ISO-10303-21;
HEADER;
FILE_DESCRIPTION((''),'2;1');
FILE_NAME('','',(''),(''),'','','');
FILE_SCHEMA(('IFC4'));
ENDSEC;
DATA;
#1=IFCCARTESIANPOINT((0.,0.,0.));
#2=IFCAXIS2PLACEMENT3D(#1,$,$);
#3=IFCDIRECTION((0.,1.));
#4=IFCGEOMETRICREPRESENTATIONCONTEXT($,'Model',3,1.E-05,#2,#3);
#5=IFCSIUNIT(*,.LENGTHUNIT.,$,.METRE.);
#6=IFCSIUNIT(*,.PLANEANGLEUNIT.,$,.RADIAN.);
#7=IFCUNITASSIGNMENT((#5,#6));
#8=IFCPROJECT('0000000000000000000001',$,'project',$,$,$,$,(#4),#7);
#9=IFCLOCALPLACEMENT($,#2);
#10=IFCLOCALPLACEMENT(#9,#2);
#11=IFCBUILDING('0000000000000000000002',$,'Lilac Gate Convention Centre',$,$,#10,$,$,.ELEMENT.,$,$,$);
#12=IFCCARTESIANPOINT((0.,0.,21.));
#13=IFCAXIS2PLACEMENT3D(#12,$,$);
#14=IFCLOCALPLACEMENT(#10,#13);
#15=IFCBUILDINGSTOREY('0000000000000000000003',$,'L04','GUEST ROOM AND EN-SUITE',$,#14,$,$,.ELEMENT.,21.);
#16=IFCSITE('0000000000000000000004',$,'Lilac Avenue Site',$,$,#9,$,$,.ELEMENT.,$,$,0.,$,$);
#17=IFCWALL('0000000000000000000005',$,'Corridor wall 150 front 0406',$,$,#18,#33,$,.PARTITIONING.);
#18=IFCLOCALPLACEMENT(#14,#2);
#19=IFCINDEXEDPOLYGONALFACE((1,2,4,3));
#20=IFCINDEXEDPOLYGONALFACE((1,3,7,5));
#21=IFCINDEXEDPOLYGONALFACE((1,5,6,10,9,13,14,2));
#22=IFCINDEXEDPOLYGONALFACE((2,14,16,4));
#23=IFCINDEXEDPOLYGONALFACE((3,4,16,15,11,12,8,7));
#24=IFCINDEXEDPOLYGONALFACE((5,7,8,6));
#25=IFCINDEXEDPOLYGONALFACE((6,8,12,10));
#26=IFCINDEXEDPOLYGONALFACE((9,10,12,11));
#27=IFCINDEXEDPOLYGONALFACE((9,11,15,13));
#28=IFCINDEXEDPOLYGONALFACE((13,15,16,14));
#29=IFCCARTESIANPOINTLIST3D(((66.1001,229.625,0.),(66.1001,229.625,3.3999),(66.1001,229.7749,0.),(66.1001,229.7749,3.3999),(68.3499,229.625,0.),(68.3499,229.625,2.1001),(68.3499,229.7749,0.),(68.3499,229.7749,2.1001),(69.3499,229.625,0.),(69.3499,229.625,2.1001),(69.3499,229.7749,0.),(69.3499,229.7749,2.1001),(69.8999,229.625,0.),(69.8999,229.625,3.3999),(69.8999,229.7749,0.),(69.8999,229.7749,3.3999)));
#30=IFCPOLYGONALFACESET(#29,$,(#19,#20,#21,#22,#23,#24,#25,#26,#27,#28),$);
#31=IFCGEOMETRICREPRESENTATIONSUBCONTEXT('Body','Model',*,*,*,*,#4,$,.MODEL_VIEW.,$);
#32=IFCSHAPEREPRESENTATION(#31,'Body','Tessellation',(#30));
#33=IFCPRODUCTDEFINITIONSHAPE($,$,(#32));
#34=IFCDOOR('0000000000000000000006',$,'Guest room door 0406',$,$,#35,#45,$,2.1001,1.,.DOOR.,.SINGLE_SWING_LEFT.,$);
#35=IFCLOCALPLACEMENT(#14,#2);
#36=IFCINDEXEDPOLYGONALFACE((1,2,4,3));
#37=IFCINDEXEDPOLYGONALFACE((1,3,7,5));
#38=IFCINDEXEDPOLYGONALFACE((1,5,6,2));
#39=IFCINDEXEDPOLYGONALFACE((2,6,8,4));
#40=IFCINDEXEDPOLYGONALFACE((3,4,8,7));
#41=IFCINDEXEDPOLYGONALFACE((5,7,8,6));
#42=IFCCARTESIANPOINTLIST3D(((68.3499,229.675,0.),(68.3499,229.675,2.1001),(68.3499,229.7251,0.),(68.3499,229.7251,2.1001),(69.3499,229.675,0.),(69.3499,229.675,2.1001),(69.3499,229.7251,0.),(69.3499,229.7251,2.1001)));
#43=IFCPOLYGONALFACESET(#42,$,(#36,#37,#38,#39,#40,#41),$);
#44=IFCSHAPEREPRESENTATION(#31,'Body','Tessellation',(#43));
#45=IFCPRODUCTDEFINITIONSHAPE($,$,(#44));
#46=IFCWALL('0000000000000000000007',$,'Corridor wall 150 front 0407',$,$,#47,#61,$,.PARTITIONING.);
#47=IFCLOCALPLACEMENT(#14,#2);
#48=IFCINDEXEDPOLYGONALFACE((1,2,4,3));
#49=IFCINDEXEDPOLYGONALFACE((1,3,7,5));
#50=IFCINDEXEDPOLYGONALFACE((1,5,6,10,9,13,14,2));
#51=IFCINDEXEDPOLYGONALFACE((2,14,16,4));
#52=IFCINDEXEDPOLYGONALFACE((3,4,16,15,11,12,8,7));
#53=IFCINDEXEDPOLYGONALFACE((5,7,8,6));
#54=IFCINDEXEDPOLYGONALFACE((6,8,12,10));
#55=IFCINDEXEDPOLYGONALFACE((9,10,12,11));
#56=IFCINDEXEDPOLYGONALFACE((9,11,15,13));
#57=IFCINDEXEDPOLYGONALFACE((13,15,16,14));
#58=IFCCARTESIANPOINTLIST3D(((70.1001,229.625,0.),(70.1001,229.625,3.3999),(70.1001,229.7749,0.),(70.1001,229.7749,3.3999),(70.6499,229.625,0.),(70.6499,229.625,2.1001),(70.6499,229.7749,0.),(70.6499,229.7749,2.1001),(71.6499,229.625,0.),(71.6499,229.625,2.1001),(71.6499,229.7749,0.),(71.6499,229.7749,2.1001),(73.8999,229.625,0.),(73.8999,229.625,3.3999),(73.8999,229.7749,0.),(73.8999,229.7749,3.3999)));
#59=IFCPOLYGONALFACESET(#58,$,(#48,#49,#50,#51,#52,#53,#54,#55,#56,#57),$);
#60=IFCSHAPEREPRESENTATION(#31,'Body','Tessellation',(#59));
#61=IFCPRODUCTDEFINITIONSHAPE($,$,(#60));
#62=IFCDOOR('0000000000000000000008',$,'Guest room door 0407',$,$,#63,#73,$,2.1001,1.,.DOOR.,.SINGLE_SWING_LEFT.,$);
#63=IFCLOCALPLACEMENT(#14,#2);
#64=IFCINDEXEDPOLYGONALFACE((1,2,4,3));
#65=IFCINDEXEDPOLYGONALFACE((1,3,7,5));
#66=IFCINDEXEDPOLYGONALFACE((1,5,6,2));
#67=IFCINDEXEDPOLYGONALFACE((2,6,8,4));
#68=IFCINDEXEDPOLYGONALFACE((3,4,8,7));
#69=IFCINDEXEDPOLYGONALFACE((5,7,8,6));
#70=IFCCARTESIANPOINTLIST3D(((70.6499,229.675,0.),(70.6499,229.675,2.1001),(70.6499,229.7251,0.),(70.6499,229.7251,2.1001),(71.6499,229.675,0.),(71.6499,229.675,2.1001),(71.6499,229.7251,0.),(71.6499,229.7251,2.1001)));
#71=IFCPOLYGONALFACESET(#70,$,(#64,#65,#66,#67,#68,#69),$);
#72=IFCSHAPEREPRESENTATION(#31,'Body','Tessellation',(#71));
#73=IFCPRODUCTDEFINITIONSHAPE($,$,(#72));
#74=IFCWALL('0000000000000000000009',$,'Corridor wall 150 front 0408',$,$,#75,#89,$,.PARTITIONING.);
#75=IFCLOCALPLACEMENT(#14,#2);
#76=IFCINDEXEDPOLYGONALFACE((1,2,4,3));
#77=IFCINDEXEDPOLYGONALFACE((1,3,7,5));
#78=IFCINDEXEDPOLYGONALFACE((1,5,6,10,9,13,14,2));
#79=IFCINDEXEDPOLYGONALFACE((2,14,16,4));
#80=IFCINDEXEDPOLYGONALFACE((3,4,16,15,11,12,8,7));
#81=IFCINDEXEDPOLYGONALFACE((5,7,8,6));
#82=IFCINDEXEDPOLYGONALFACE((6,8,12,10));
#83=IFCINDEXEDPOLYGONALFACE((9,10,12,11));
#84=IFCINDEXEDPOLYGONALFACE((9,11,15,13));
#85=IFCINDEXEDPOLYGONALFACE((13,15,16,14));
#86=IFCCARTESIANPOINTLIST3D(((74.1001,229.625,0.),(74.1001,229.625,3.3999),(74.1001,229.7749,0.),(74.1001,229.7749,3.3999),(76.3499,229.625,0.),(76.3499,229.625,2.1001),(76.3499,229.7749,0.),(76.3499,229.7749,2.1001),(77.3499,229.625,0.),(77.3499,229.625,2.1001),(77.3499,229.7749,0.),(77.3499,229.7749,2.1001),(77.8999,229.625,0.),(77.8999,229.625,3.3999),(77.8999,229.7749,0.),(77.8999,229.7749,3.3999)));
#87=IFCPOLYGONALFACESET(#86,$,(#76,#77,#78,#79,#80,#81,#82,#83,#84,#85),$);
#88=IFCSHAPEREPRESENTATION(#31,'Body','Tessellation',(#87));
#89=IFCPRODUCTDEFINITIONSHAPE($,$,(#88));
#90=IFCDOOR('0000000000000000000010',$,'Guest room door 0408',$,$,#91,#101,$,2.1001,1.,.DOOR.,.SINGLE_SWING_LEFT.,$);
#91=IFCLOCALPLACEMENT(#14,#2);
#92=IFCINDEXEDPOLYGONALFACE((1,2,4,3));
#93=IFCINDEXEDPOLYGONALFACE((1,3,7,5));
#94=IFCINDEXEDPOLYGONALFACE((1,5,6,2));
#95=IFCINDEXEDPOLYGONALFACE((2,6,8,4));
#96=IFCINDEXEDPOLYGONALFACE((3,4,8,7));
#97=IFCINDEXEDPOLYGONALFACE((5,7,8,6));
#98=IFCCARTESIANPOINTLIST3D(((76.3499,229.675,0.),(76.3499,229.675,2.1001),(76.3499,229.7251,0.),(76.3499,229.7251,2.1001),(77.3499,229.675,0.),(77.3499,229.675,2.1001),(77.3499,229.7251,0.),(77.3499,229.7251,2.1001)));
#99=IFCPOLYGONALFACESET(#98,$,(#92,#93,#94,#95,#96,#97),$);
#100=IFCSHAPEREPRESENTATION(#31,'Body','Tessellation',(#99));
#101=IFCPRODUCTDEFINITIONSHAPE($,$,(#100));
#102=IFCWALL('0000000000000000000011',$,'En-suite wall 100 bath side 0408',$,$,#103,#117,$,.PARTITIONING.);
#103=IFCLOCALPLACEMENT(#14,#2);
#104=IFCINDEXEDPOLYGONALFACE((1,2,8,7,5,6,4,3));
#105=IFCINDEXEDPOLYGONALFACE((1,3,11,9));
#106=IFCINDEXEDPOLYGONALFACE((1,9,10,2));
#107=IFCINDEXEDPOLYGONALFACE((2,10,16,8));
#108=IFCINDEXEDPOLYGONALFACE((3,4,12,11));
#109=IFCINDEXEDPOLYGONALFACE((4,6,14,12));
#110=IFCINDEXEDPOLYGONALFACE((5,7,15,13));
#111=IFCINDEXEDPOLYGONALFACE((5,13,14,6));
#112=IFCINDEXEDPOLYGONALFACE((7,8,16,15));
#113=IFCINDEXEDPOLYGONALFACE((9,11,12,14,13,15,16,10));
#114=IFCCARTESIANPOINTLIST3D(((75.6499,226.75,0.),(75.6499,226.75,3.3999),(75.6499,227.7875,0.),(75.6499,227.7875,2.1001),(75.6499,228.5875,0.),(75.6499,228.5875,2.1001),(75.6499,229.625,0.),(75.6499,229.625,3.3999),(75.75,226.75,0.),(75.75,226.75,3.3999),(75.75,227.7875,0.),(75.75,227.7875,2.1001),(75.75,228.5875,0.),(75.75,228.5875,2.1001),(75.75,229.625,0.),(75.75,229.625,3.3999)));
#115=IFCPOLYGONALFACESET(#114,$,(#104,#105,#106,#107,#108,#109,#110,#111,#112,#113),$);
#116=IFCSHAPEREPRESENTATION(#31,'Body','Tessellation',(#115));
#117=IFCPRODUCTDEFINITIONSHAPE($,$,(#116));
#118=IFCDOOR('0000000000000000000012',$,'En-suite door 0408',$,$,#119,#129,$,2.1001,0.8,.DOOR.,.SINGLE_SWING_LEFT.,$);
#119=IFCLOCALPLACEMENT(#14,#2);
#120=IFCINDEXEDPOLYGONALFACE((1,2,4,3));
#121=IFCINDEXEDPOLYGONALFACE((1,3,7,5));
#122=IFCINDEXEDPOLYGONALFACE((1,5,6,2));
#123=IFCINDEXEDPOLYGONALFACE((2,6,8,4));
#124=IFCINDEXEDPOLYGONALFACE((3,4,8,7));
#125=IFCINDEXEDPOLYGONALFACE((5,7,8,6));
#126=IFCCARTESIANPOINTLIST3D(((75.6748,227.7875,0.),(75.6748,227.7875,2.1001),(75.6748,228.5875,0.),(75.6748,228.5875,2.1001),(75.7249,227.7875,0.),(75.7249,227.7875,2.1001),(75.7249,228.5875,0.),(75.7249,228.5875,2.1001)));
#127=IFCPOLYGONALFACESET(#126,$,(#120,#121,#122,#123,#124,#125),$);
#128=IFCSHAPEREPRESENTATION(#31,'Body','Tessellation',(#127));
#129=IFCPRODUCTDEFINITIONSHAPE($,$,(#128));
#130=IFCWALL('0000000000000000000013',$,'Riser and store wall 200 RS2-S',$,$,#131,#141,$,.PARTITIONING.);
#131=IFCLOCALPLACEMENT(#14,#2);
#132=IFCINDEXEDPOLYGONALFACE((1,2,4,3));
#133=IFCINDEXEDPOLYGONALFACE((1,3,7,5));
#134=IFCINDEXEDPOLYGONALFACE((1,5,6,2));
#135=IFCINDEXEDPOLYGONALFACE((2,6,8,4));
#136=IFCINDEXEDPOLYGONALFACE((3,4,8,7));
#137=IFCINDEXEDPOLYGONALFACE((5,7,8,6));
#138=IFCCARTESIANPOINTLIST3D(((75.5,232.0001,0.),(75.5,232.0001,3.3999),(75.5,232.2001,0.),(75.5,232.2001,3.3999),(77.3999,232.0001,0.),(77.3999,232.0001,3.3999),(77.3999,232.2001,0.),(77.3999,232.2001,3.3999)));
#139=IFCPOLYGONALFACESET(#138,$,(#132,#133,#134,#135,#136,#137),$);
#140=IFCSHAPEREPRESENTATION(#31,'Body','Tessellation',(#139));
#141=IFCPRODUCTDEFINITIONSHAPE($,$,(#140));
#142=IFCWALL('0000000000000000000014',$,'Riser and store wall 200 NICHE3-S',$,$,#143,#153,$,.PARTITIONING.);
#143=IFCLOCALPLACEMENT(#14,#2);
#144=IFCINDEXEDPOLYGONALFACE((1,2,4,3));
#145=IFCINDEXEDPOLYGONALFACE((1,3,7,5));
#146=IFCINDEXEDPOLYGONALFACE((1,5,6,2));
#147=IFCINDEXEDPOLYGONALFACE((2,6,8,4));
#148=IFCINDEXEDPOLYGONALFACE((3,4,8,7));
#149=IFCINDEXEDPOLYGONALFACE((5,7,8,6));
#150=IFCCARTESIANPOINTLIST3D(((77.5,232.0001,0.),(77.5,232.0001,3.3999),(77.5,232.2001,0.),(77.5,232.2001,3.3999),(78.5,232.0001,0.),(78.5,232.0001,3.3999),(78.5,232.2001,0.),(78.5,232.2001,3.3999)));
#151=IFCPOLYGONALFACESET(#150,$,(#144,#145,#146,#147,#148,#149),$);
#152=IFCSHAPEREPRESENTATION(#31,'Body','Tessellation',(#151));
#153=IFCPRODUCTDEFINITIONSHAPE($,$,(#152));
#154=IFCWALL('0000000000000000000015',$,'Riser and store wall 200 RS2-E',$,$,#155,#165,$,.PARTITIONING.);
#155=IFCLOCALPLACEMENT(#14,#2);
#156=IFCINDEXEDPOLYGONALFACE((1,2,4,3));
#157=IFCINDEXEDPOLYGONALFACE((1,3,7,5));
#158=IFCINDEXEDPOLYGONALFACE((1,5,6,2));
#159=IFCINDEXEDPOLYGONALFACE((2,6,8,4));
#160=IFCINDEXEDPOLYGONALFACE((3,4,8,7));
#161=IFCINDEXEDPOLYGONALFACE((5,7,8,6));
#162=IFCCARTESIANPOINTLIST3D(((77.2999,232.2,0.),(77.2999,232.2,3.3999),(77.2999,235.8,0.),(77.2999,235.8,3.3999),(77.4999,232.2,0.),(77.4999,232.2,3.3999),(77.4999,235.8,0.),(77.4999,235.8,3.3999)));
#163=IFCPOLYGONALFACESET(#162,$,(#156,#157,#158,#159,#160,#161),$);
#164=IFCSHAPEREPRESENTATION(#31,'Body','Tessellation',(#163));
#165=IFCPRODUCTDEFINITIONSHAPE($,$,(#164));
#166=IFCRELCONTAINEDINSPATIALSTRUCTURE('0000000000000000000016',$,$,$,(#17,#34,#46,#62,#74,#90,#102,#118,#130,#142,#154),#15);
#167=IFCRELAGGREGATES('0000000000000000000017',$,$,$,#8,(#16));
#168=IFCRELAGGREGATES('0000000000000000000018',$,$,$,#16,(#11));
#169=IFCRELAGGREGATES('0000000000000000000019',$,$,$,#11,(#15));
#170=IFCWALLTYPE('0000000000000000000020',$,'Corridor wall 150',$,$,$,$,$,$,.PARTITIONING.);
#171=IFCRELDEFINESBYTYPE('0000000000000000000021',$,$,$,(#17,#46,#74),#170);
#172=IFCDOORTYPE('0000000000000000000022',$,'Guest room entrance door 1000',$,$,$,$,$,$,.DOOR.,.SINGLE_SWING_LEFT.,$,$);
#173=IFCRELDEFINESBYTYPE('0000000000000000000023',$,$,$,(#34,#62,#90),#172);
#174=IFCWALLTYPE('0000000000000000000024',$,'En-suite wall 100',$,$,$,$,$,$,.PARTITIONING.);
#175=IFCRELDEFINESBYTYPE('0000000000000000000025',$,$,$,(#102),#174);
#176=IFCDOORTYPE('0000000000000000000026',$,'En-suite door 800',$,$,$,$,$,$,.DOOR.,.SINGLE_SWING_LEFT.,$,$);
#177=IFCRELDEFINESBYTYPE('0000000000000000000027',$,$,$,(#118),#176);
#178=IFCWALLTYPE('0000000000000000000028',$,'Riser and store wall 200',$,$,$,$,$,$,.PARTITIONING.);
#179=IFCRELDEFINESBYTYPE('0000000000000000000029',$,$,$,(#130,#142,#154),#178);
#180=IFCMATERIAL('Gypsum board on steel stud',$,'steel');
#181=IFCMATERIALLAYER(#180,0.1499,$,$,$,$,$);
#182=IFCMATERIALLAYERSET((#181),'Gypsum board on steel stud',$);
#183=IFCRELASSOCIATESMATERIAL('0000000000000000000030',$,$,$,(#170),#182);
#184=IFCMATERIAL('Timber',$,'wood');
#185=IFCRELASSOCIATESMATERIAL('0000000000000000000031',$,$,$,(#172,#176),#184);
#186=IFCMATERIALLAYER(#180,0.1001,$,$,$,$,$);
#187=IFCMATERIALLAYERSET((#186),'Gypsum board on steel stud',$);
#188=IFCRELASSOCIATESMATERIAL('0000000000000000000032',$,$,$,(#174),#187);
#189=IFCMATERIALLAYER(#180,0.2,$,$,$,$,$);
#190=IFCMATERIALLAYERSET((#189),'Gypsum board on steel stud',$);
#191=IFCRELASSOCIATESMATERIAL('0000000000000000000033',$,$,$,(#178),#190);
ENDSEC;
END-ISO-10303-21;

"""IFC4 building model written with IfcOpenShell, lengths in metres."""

from ifc_helpers import new_model, si_unit, direction, frame, frame_2d, origin, place, context, subcontext, project, spatial, rectangle, extrude, material, layer, layer_set, type_object, element, fill, save


model = new_model("IFC4")

# Units and contexts
model_context = context("Model", 3, precision=1e-05, world=origin(), true_north=direction((0.0, 1.0)))
body_context = subcontext(model_context, "Body", "Model", "MODEL_VIEW")
ifc_project = project(units=[si_unit("LENGTHUNIT", "METRE"), si_unit("PLANEANGLEUNIT", "RADIAN")], contexts=[model_context])

# Site, building, storey
site_placement = place(None, origin())
site = spatial("IfcSite", under=ifc_project, at=site_placement, Name="Lilac Avenue Site", CompositionType="ELEMENT", RefElevation=0.0)
building_placement = place(site_placement, origin())
building = spatial("IfcBuilding", under=site, at=building_placement, Name="Lilac Gate Convention Centre", CompositionType="ELEMENT")
storey_placement = place(building_placement, frame((0.0, 0.0, 21.0)))
storey = spatial("IfcBuildingStorey", under=building, at=storey_placement, Name="L04", Description="GUEST ROOM AND EN-SUITE", CompositionType="ELEMENT", Elevation=21.0)

# Walls, openings, doors
ifc_material_1 = material(Name="Gypsum board on steel stud", Category="steel")
ifc_layer_1 = layer(ifc_material_1, 0.1499)
ifc_layer_set_1 = layer_set([ifc_layer_1], Name="Gypsum board on steel stud")
wall_type_1 = type_object("IfcWallType", Name="Corridor wall 150", PredefinedType="PARTITIONING", material=ifc_layer_set_1)
ifc_material_2 = material(Name="Timber", Category="wood")
door_type_1 = type_object("IfcDoorType", Name="Guest room entrance door 1000", OperationType="SINGLE_SWING_LEFT", PredefinedType="DOOR", material=ifc_material_2)
wall_1_placement = place(storey_placement, frame((69.8999, 229.7, 0.0), z_axis=(0.0, 0.0, 1.0), x_axis=(-1.0, 0.0, 0.0)))
wall_1 = element("IfcWall", 1, at=wall_1_placement, inside=storey, type_object=wall_type_1, Name="Corridor wall 150 front 0406", PredefinedType="PARTITIONING", context=body_context, shape_type="SweptSolid", body=[
    extrude(rectangle(XDim=3.7998, YDim=0.1499, at=frame_2d((1.8999, 0.0))), origin(), (0.0, 0.0, 1.0), 3.3999),
])
opening_1_placement = place(wall_1_placement, frame((0.55, 0.0, 0.0)))
opening_1 = element("IfcOpeningElement", 2, at=opening_1_placement, cuts=wall_1, PredefinedType="OPENING", context=body_context, shape_type="SweptSolid", body=[
    extrude(rectangle(XDim=1.0, YDim=2.1001, at=frame_2d((0.5, 1.05))), frame((0.0, 0.085, 0.0), z_axis=(0.0, -1.0, 0.0), x_axis=(1.0, 0.0, 0.0)), (0.0, 0.0, 1.0), 0.1699),
])
door_1_placement = place(opening_1_placement, origin())
door_1 = element("IfcDoor", 3, at=door_1_placement, inside=storey, type_object=door_type_1, Name="Guest room door 0406", OperationType="SINGLE_SWING_LEFT", OverallHeight=2.1001, OverallWidth=1.0, PredefinedType="DOOR", context=body_context, shape_type="SweptSolid", body=[
    extrude(rectangle(XDim=1.0, YDim=2.1001, at=frame_2d((0.5, 1.05))), frame((0.0, 0.0249, 0.0), z_axis=(0.0, -1.0, 0.0), x_axis=(1.0, 0.0, 0.0)), (0.0, 0.0, 1.0), 0.05),
])
fill(opening_1, door_1)
wall_2_placement = place(storey_placement, frame((73.8999, 229.7, 0.0), z_axis=(0.0, 0.0, 1.0), x_axis=(-1.0, 0.0, 0.0)))
wall_2 = element("IfcWall", 4, at=wall_2_placement, inside=storey, type_object=wall_type_1, Name="Corridor wall 150 front 0407", PredefinedType="PARTITIONING", context=body_context, shape_type="SweptSolid", body=[
    extrude(rectangle(XDim=3.7998, YDim=0.1499, at=frame_2d((1.8999, 0.0))), origin(), (0.0, 0.0, 1.0), 3.3999),
])
opening_2_placement = place(wall_2_placement, frame((2.25, 0.0, 0.0)))
opening_2 = element("IfcOpeningElement", 5, at=opening_2_placement, cuts=wall_2, PredefinedType="OPENING", context=body_context, shape_type="SweptSolid", body=[
    extrude(rectangle(XDim=1.0, YDim=2.1001, at=frame_2d((0.5, 1.05))), frame((0.0, 0.085, 0.0), z_axis=(0.0, -1.0, 0.0), x_axis=(1.0, 0.0, 0.0)), (0.0, 0.0, 1.0), 0.1699),
])
door_2_placement = place(opening_2_placement, origin())
door_2 = element("IfcDoor", 6, at=door_2_placement, inside=storey, type_object=door_type_1, Name="Guest room door 0407", OperationType="SINGLE_SWING_LEFT", OverallHeight=2.1001, OverallWidth=1.0, PredefinedType="DOOR", context=body_context, shape_type="SweptSolid", body=[
    extrude(rectangle(XDim=1.0, YDim=2.1001, at=frame_2d((0.5, 1.05))), frame((0.0, 0.0249, 0.0), z_axis=(0.0, -1.0, 0.0), x_axis=(1.0, 0.0, 0.0)), (0.0, 0.0, 1.0), 0.05),
])
fill(opening_2, door_2)
wall_3_placement = place(storey_placement, frame((77.8999, 229.7, 0.0), z_axis=(0.0, 0.0, 1.0), x_axis=(-1.0, 0.0, 0.0)))
wall_3 = element("IfcWall", 7, at=wall_3_placement, inside=storey, type_object=wall_type_1, Name="Corridor wall 150 front 0408", PredefinedType="PARTITIONING", context=body_context, shape_type="SweptSolid", body=[
    extrude(rectangle(XDim=3.7998, YDim=0.1499, at=frame_2d((1.8999, 0.0))), origin(), (0.0, 0.0, 1.0), 3.3999),
])
opening_3_placement = place(wall_3_placement, frame((0.55, 0.0, 0.0)))
opening_3 = element("IfcOpeningElement", 8, at=opening_3_placement, cuts=wall_3, PredefinedType="OPENING", context=body_context, shape_type="SweptSolid", body=[
    extrude(rectangle(XDim=1.0, YDim=2.1001, at=frame_2d((0.5, 1.05))), frame((0.0, 0.085, 0.0), z_axis=(0.0, -1.0, 0.0), x_axis=(1.0, 0.0, 0.0)), (0.0, 0.0, 1.0), 0.1699),
])
door_3_placement = place(opening_3_placement, origin())
door_3 = element("IfcDoor", 9, at=door_3_placement, inside=storey, type_object=door_type_1, Name="Guest room door 0408", OperationType="SINGLE_SWING_LEFT", OverallHeight=2.1001, OverallWidth=1.0, PredefinedType="DOOR", context=body_context, shape_type="SweptSolid", body=[
    extrude(rectangle(XDim=1.0, YDim=2.1001, at=frame_2d((0.5, 1.05))), frame((0.0, 0.0249, 0.0), z_axis=(0.0, -1.0, 0.0), x_axis=(1.0, 0.0, 0.0)), (0.0, 0.0, 1.0), 0.05),
])
fill(opening_3, door_3)
ifc_layer_2 = layer(ifc_material_1, 0.1001)
ifc_layer_set_2 = layer_set([ifc_layer_2], Name="Gypsum board on steel stud")
wall_type_2 = type_object("IfcWallType", Name="En-suite wall 100", PredefinedType="PARTITIONING", material=ifc_layer_set_2)
wall_4_placement = place(storey_placement, frame((75.7, 229.625, 0.0), z_axis=(0.0, 0.0, 1.0), x_axis=(0.0, -1.0, 0.0)))
wall_4 = element("IfcWall", 10, at=wall_4_placement, inside=storey, type_object=wall_type_2, Name="En-suite wall 100 bath side 0408", PredefinedType="PARTITIONING", context=body_context, shape_type="SweptSolid", body=[
    extrude(rectangle(XDim=2.875, YDim=0.1001, at=frame_2d((1.4375, 0.0))), origin(), (0.0, 0.0, 1.0), 3.3999),
])
opening_4_placement = place(wall_4_placement, frame((1.0376, 0.0, 0.0)))
opening_4 = element("IfcOpeningElement", 11, at=opening_4_placement, cuts=wall_4, PredefinedType="OPENING", context=body_context, shape_type="SweptSolid", body=[
    extrude(rectangle(XDim=0.8, YDim=2.1001, at=frame_2d((0.3999, 1.05))), frame((0.0, 0.0601, 0.0), z_axis=(0.0, -1.0, 0.0), x_axis=(1.0, 0.0, 0.0)), (0.0, 0.0, 1.0), 0.1201),
])
door_type_2 = type_object("IfcDoorType", Name="En-suite door 800", OperationType="SINGLE_SWING_LEFT", PredefinedType="DOOR", material=ifc_material_2)
door_4_placement = place(opening_4_placement, origin())
door_4 = element("IfcDoor", 12, at=door_4_placement, inside=storey, type_object=door_type_2, Name="En-suite door 0408", OperationType="SINGLE_SWING_LEFT", OverallHeight=2.1001, OverallWidth=0.8, PredefinedType="DOOR", context=body_context, shape_type="SweptSolid", body=[
    extrude(rectangle(XDim=0.8, YDim=2.1001, at=frame_2d((0.3999, 1.05))), frame((0.0, 0.0249, 0.0), z_axis=(0.0, -1.0, 0.0), x_axis=(1.0, 0.0, 0.0)), (0.0, 0.0, 1.0), 0.05),
])
fill(opening_4, door_4)

# Walls
ifc_layer_3 = layer(ifc_material_1, 0.2)
ifc_layer_set_3 = layer_set([ifc_layer_3], Name="Gypsum board on steel stud")
wall_type_3 = type_object("IfcWallType", Name="Riser and store wall 200", PredefinedType="PARTITIONING", material=ifc_layer_set_3)
wall_5_placement = place(storey_placement, frame((75.5, 232.1001, 0.0), z_axis=(0.0, 0.0, 1.0), x_axis=(1.0, 0.0, 0.0)))
element("IfcWall", 13, at=wall_5_placement, inside=storey, type_object=wall_type_3, Name="Riser and store wall 200 RS2-S", PredefinedType="PARTITIONING", context=body_context, shape_type="SweptSolid", body=[
    extrude(rectangle(XDim=1.8999, YDim=0.2, at=frame_2d((0.95, 0.0))), origin(), (0.0, 0.0, 1.0), 3.3999),
])
wall_6_placement = place(storey_placement, frame((77.5, 232.1001, 0.0), z_axis=(0.0, 0.0, 1.0), x_axis=(1.0, 0.0, 0.0)))
element("IfcWall", 14, at=wall_6_placement, inside=storey, type_object=wall_type_3, Name="Riser and store wall 200 NICHE3-S", PredefinedType="PARTITIONING", context=body_context, shape_type="SweptSolid", body=[
    extrude(rectangle(XDim=1.0, YDim=0.2, at=frame_2d((0.5, 0.0))), origin(), (0.0, 0.0, 1.0), 3.3999),
])
wall_7_placement = place(storey_placement, frame((77.3999, 232.2, 0.0), z_axis=(0.0, 0.0, 1.0), x_axis=(0.0, 1.0, 0.0)))
element("IfcWall", 15, at=wall_7_placement, inside=storey, type_object=wall_type_3, Name="Riser and store wall 200 RS2-E", PredefinedType="PARTITIONING", context=body_context, shape_type="SweptSolid", body=[
    extrude(rectangle(XDim=3.6001, YDim=0.2, at=frame_2d((1.8, 0.0))), origin(), (0.0, 0.0, 1.0), 3.3999),
])

save(model, "model.ifc")
